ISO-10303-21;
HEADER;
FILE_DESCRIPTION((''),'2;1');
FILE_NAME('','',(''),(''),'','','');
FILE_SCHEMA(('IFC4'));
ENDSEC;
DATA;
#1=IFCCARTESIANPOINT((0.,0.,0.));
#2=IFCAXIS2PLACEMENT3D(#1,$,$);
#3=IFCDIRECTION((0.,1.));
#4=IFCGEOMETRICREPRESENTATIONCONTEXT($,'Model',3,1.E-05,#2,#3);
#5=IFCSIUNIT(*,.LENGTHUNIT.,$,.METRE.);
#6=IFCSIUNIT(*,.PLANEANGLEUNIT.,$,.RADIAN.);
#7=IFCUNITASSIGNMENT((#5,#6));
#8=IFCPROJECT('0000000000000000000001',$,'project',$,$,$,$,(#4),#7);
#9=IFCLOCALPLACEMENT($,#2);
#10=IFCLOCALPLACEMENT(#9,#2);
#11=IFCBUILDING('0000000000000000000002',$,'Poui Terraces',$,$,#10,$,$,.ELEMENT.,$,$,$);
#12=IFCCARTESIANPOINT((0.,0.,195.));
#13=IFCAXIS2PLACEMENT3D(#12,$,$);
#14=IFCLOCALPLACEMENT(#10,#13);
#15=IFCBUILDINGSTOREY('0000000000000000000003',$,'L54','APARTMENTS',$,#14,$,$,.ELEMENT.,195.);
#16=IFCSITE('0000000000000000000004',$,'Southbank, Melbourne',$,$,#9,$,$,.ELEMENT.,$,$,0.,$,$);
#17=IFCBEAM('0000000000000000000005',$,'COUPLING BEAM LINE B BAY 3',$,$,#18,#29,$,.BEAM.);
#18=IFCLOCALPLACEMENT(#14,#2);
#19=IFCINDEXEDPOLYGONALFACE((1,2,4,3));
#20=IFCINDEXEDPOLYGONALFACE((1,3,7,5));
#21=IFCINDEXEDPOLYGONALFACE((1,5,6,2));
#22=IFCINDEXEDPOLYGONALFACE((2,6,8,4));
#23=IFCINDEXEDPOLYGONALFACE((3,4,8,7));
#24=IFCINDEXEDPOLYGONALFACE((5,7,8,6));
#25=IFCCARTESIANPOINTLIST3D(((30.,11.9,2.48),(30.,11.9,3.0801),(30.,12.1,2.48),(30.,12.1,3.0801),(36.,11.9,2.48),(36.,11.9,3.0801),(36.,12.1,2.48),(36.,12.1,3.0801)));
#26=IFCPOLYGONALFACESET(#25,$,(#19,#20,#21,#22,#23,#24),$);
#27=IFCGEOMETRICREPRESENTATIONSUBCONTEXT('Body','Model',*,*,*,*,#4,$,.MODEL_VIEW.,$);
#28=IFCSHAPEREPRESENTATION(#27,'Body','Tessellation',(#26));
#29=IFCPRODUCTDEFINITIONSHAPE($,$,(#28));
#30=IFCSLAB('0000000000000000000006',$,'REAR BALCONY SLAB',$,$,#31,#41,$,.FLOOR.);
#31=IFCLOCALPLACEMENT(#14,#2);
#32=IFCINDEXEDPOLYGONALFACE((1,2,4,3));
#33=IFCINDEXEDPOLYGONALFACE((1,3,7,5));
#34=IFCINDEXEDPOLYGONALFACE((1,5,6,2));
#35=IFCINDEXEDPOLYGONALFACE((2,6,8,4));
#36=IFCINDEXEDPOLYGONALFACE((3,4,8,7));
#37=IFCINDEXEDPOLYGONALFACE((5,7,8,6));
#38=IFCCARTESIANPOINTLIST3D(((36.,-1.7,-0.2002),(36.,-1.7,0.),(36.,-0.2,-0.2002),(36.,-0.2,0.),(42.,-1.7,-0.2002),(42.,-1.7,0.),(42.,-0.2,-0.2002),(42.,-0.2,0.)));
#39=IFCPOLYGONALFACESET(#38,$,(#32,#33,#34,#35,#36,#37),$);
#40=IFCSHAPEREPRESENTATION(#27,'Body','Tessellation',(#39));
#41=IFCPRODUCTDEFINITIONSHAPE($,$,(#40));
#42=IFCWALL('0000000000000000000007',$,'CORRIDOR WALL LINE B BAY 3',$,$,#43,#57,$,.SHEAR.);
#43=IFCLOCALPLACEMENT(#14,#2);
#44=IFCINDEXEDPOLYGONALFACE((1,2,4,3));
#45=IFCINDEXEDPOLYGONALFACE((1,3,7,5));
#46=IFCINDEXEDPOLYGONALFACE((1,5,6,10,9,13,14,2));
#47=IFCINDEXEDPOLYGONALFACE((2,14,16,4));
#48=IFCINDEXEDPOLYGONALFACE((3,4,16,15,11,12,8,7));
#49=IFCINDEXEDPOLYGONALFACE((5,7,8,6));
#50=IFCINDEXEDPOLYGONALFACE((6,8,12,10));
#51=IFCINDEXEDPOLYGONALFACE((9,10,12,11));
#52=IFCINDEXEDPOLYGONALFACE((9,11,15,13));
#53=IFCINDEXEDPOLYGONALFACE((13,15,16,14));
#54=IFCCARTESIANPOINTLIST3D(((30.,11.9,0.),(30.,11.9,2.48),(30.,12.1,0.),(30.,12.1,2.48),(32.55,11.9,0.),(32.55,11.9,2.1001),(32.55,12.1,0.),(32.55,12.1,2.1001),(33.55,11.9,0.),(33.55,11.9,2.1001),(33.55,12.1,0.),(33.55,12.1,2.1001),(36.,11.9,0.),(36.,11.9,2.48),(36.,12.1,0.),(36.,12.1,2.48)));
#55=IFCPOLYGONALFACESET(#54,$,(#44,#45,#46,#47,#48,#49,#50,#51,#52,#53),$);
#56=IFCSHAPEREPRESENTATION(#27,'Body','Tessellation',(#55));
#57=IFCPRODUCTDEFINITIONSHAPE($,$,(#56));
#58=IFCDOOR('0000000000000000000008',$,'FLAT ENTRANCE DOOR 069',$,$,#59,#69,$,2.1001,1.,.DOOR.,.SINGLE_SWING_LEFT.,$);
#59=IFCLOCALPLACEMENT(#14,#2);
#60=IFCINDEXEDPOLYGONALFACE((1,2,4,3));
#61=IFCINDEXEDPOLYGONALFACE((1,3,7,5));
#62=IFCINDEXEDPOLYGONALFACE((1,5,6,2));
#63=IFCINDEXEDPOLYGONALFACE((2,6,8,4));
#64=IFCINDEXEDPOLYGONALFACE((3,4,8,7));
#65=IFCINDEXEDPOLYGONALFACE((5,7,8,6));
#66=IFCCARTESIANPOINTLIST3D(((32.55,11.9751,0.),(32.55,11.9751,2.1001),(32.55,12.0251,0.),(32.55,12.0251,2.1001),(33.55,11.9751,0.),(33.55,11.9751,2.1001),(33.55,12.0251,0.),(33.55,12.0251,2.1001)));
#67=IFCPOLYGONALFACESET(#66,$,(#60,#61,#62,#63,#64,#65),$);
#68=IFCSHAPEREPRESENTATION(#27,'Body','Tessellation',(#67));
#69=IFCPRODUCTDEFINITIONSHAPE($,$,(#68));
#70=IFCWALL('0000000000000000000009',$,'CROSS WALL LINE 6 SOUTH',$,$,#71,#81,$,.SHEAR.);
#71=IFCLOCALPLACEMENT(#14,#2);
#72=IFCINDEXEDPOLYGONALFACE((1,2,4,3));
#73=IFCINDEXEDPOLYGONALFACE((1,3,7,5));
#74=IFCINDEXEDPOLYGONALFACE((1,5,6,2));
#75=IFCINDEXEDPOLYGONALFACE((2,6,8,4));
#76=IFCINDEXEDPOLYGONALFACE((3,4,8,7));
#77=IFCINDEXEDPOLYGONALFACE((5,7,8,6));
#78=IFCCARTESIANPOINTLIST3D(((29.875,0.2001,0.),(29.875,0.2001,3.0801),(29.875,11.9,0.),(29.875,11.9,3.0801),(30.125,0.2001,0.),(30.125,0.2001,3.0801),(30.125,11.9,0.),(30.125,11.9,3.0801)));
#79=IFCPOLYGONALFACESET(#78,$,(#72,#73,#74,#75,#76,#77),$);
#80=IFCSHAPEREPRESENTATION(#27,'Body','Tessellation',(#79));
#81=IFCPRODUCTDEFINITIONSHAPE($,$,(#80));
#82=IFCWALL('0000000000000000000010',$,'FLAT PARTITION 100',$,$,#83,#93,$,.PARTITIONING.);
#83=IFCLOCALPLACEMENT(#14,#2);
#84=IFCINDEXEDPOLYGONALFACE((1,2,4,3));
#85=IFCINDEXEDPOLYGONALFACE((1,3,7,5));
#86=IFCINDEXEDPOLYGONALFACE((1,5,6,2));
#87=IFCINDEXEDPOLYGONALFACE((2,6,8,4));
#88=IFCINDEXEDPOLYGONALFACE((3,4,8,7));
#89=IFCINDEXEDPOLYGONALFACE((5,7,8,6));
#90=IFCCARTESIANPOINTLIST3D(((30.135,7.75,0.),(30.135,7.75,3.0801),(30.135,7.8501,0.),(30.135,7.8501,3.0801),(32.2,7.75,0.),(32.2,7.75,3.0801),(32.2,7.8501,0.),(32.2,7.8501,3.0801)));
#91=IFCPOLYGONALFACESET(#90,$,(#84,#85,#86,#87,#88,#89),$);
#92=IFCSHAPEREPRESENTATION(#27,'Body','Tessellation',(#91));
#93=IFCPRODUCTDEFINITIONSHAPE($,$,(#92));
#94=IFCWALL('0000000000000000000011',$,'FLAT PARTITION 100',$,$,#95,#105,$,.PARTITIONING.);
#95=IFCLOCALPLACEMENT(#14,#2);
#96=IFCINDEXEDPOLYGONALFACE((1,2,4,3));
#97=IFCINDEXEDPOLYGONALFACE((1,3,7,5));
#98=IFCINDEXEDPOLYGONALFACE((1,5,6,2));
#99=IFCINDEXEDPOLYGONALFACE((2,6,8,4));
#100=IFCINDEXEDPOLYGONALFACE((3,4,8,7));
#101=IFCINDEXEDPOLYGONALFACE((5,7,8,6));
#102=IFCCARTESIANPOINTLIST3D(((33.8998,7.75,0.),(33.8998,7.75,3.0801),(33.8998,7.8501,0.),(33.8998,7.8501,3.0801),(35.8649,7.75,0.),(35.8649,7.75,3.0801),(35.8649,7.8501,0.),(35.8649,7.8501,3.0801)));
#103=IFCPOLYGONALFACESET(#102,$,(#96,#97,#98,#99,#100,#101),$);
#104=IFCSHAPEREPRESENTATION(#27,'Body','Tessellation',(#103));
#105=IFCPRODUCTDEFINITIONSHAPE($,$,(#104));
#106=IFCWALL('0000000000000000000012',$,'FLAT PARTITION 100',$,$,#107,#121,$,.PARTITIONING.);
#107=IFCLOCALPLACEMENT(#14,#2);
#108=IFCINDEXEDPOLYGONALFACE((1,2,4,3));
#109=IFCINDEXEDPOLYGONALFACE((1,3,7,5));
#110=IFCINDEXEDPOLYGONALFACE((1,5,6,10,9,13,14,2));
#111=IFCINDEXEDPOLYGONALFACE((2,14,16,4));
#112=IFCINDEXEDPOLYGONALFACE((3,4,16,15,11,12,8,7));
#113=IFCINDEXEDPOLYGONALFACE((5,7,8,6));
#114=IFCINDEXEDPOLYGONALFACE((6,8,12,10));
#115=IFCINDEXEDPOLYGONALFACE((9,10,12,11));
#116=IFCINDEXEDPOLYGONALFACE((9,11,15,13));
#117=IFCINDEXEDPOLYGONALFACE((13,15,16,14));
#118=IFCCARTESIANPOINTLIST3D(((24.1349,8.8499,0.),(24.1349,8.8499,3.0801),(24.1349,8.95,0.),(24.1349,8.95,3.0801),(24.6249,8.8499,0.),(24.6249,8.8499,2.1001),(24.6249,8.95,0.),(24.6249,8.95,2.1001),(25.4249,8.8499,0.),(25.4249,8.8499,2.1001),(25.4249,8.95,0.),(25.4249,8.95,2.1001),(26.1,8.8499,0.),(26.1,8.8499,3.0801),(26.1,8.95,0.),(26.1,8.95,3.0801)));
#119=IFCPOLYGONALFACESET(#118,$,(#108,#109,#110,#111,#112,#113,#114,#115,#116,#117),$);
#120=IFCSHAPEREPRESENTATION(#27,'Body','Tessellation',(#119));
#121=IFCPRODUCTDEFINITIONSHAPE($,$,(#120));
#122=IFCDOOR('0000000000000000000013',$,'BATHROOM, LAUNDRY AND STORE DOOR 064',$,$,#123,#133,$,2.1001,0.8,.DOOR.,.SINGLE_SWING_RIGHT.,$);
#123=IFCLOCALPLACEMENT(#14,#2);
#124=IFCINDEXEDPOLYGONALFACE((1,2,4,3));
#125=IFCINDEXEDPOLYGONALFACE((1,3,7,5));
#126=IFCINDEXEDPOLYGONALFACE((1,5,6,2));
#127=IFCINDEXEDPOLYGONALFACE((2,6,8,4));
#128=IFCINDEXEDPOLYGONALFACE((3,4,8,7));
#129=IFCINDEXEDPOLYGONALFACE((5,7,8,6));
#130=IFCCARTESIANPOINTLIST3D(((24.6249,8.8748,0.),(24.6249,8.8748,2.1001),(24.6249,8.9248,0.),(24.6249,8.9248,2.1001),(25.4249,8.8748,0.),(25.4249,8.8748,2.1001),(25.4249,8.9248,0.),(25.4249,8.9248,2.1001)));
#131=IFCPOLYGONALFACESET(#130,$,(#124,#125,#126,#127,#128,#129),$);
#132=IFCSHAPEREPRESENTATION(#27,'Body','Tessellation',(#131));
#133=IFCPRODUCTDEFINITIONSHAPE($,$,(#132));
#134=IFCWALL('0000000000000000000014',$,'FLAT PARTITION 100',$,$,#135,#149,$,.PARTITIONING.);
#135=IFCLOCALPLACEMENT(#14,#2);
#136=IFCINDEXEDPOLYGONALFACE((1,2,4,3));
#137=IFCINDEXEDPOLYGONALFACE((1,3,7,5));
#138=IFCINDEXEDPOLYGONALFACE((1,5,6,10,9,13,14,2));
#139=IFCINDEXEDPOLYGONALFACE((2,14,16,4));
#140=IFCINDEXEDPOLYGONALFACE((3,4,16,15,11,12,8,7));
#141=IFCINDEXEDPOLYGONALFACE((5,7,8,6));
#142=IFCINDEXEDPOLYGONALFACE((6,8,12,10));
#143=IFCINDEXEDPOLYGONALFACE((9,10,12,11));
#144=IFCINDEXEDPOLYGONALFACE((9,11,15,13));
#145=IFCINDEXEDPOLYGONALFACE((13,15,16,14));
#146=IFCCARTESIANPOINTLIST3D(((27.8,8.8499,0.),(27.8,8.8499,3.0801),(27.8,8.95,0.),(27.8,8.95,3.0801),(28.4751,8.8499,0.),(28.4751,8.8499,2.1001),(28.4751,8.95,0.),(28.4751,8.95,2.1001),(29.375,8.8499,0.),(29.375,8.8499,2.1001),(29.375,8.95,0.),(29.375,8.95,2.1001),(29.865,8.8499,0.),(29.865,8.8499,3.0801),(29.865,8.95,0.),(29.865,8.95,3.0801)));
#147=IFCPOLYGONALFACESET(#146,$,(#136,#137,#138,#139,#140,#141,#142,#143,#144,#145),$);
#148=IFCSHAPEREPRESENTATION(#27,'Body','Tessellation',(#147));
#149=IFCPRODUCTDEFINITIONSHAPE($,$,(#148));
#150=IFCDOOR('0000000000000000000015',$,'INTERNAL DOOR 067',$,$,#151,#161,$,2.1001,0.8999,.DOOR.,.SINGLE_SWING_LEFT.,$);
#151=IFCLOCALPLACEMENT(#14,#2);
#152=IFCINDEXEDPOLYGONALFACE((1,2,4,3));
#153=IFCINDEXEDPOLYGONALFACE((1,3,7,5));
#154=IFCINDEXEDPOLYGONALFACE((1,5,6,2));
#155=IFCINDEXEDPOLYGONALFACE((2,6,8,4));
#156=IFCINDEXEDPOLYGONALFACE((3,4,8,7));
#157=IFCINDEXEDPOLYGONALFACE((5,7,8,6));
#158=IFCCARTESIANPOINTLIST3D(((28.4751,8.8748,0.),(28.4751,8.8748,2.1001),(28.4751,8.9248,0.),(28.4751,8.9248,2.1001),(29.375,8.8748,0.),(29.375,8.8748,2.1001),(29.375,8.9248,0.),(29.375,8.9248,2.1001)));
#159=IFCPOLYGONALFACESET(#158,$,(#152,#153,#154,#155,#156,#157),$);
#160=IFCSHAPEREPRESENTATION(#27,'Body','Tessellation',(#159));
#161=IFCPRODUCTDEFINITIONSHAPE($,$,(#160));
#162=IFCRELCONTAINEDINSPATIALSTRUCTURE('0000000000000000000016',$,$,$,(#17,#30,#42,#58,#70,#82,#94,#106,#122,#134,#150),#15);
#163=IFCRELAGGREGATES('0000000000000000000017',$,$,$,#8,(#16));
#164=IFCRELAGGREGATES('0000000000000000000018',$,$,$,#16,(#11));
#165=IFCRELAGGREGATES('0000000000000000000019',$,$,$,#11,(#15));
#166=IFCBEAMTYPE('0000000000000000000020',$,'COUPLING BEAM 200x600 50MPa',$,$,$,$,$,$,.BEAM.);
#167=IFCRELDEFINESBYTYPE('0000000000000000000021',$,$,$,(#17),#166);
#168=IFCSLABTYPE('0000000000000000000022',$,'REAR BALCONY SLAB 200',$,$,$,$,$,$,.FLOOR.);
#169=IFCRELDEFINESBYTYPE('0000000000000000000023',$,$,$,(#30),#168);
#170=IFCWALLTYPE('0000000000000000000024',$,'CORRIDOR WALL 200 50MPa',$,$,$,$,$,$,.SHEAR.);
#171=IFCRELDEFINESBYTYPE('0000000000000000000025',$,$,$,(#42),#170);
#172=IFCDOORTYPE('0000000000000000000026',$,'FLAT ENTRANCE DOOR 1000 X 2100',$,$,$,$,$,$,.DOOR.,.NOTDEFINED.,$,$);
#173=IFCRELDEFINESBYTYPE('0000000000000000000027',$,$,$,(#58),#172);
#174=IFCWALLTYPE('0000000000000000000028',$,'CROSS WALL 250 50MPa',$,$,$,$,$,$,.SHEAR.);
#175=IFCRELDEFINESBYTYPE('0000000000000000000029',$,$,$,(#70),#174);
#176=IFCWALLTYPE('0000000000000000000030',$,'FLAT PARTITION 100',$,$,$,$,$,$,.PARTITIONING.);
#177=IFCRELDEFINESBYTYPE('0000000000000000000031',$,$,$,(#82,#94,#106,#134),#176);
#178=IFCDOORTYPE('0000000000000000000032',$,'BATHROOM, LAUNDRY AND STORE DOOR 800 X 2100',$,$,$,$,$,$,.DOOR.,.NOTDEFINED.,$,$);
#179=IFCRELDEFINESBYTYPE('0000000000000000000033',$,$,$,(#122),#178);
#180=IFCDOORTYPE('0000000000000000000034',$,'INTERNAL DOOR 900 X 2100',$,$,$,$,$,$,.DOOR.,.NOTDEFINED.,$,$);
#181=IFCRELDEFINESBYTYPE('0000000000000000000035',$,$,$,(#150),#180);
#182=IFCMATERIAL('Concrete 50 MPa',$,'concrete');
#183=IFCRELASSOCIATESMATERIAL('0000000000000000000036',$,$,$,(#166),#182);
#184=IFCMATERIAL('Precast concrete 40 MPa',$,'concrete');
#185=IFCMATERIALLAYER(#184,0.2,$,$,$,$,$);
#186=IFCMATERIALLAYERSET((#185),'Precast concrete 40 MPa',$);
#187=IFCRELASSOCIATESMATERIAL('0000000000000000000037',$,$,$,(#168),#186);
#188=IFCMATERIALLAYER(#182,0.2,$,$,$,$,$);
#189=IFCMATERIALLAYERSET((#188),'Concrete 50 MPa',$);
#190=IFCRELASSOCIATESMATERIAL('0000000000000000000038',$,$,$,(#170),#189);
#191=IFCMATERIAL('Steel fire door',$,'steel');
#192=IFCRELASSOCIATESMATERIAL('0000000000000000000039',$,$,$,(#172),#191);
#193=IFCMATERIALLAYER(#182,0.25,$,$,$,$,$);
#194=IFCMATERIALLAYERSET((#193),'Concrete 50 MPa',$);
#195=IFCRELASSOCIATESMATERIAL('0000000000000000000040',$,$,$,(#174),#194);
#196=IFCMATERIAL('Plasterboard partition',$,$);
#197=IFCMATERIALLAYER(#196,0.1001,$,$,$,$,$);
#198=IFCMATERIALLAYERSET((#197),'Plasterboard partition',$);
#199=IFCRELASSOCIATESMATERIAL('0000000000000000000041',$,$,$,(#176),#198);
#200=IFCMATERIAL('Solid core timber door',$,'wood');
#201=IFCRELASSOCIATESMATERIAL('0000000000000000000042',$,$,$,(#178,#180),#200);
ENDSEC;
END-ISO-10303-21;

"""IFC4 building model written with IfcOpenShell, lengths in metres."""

from ifc_helpers import new_model, si_unit, direction, frame, frame_2d, origin, origin_2d, place, context, subcontext, project, spatial, polyline, rectangle, outline, extrude, source, transform, mapped, material, layer, layer_set, material_profile, profile_set, type_object, element, fill, save


model = new_model("IFC4")

# Units and contexts
model_context = context("Model", 3, precision=1e-05, world=origin(), true_north=direction((0.0, 1.0)))
body_context = subcontext(model_context, "Body", "Model", "MODEL_VIEW")
ifc_project = project(units=[si_unit("LENGTHUNIT", "METRE"), si_unit("PLANEANGLEUNIT", "RADIAN")], contexts=[model_context])

# Site, building, storey
site_placement = place(None, origin())
site = spatial("IfcSite", under=ifc_project, at=site_placement, Name="Southbank, Melbourne", CompositionType="ELEMENT", RefElevation=0.0)
building_placement = place(site_placement, origin())
building = spatial("IfcBuilding", under=site, at=building_placement, Name="Poui Terraces", CompositionType="ELEMENT")
storey_placement = place(building_placement, frame((0.0, 0.0, 195.0)))
storey = spatial("IfcBuildingStorey", under=building, at=storey_placement, Name="L54", Description="APARTMENTS", CompositionType="ELEMENT", Elevation=195.0)

# Beam
ifc_material_1 = material(Name="Concrete 50 MPa", Category="concrete")
ifc_material_profile_1 = material_profile(ifc_material_1, rectangle(XDim=0.2, YDim=0.6001, at=origin_2d()), Name="RC 200x600")
ifc_profile_set_1 = profile_set([ifc_material_profile_1], Name="Concrete 50 MPa")
beam_type = type_object("IfcBeamType", Name="COUPLING BEAM 200x600 50MPa", PredefinedType="BEAM", material=ifc_profile_set_1)
shared_shape_1 = source(origin(), body_context, "Body", "SweptSolid", [
    extrude(rectangle(XDim=0.2, YDim=0.6001, at=origin_2d()), origin(), (0.0, 0.0, 1.0), 6.0),
])
beam_placement = place(storey_placement, frame((30.0, 12.0, 2.78), z_axis=(1.0, 0.0, 0.0), x_axis=(0.0, 1.0, 0.0)))
element("IfcBeam", 1, at=beam_placement, inside=storey, type_object=beam_type, Name="COUPLING BEAM LINE B BAY 3", PredefinedType="BEAM", context=body_context, shape_type="MappedRepresentation", body=[
    mapped(shared_shape_1, transform((0.0, 0.0, 0.0))),
])

# Slab
ifc_material_2 = material(Name="Precast concrete 40 MPa", Category="concrete")
ifc_layer_1 = layer(ifc_material_2, 0.2)
ifc_layer_set_1 = layer_set([ifc_layer_1], Name="Precast concrete 40 MPa")
slab_type = type_object("IfcSlabType", Name="REAR BALCONY SLAB 200", PredefinedType="FLOOR", material=ifc_layer_set_1)
shared_shape_2 = source(origin(), body_context, "Body", "SweptSolid", [
    extrude(outline(polyline([(0.0, 0.0), (6.0, 0.0), (6.0, 1.5), (0.0, 1.5), (0.0, 0.0)])), origin(), (0.0, 0.0, 1.0), 0.2002),
])
slab_placement = place(storey_placement, frame((36.0, -1.7, -0.2002)))
element("IfcSlab", 2, at=slab_placement, inside=storey, type_object=slab_type, Name="REAR BALCONY SLAB", PredefinedType="FLOOR", context=body_context, shape_type="MappedRepresentation", body=[
    mapped(shared_shape_2, transform((0.0, 0.0, 0.0))),
])

# Wall, opening, door
ifc_layer_2 = layer(ifc_material_1, 0.2)
ifc_layer_set_2 = layer_set([ifc_layer_2], Name="Concrete 50 MPa")
wall_type_1 = type_object("IfcWallType", Name="CORRIDOR WALL 200 50MPa", PredefinedType="SHEAR", material=ifc_layer_set_2)
wall_1_placement = place(storey_placement, frame((30.0, 12.0, 0.0), z_axis=(0.0, 0.0, 1.0), x_axis=(1.0, 0.0, 0.0)))
wall_1 = element("IfcWall", 3, at=wall_1_placement, inside=storey, type_object=wall_type_1, Name="CORRIDOR WALL LINE B BAY 3", PredefinedType="SHEAR", context=body_context, shape_type="SweptSolid", body=[
    extrude(rectangle(XDim=6.0, YDim=0.2, at=frame_2d((3.0, 0.0))), origin(), (0.0, 0.0, 1.0), 2.48),
])
opening_1_placement = place(wall_1_placement, frame((2.55, 0.0, 0.0)))
opening_1 = element("IfcOpeningElement", 4, at=opening_1_placement, cuts=wall_1, PredefinedType="OPENING", context=body_context, shape_type="SweptSolid", body=[
    extrude(rectangle(XDim=1.0, YDim=2.1001, at=frame_2d((0.5, 1.05))), frame((0.0, 0.1099, 0.0), z_axis=(0.0, -1.0, 0.0), x_axis=(1.0, 0.0, 0.0)), (0.0, 0.0, 1.0), 0.22),
])
ifc_material_3 = material(Name="Steel fire door", Category="steel")
door_type_1 = type_object("IfcDoorType", Name="FLAT ENTRANCE DOOR 1000 X 2100", OperationType="NOTDEFINED", PredefinedType="DOOR", material=ifc_material_3)
door_1_placement = place(opening_1_placement, frame((1.0, 0.0, 0.0), z_axis=(0.0, 0.0, 1.0), x_axis=(-1.0, 0.0, 0.0)))
door_1 = element("IfcDoor", 5, at=door_1_placement, inside=storey, type_object=door_type_1, Name="FLAT ENTRANCE DOOR 069", OperationType="SINGLE_SWING_LEFT", OverallHeight=2.1001, OverallWidth=1.0, PredefinedType="DOOR", context=body_context, shape_type="SweptSolid", body=[
    extrude(rectangle(XDim=1.0, YDim=2.1001, at=frame_2d((0.5, 1.05))), frame((0.0, 0.0249, 0.0), z_axis=(0.0, -1.0, 0.0), x_axis=(1.0, 0.0, 0.0)), (0.0, 0.0, 1.0), 0.05),
])
fill(opening_1, door_1)

# Walls
ifc_layer_3 = layer(ifc_material_1, 0.25)
ifc_layer_set_3 = layer_set([ifc_layer_3], Name="Concrete 50 MPa")
wall_type_2 = type_object("IfcWallType", Name="CROSS WALL 250 50MPa", PredefinedType="SHEAR", material=ifc_layer_set_3)
wall_2_placement = place(storey_placement, frame((30.0, 0.2, 0.0), z_axis=(0.0, 0.0, 1.0), x_axis=(0.0, 1.0, 0.0)))
element("IfcWall", 6, at=wall_2_placement, inside=storey, type_object=wall_type_2, Name="CROSS WALL LINE 6 SOUTH", PredefinedType="SHEAR", context=body_context, shape_type="SweptSolid", body=[
    extrude(rectangle(XDim=11.7, YDim=0.25, at=frame_2d((5.8501, 0.0))), origin(), (0.0, 0.0, 1.0), 3.0801),
])
ifc_material_4 = material(Name="Plasterboard partition")
ifc_layer_4 = layer(ifc_material_4, 0.1001)
ifc_layer_set_4 = layer_set([ifc_layer_4], Name="Plasterboard partition")
wall_type_3 = type_object("IfcWallType", Name="FLAT PARTITION 100", PredefinedType="PARTITIONING", material=ifc_layer_set_4)
wall_3_placement = place(storey_placement, frame((30.135, 7.8, 0.0), z_axis=(0.0, 0.0, 1.0), x_axis=(1.0, 0.0, 0.0)))
element("IfcWall", 7, at=wall_3_placement, inside=storey, type_object=wall_type_3, Name="FLAT PARTITION 100", PredefinedType="PARTITIONING", context=body_context, shape_type="SweptSolid", body=[
    extrude(rectangle(XDim=2.0649, YDim=0.1001, at=frame_2d((1.0325, 0.0))), origin(), (0.0, 0.0, 1.0), 3.0801),
])
wall_4_placement = place(storey_placement, frame((33.8999, 7.8, 0.0), z_axis=(0.0, 0.0, 1.0), x_axis=(1.0, 0.0, 0.0)))
element("IfcWall", 8, at=wall_4_placement, inside=storey, type_object=wall_type_3, Name="FLAT PARTITION 100", PredefinedType="PARTITIONING", context=body_context, shape_type="SweptSolid", body=[
    extrude(rectangle(XDim=1.9651, YDim=0.1001, at=frame_2d((0.9824, 0.0))), origin(), (0.0, 0.0, 1.0), 3.0801),
])

# Walls, openings, doors
wall_5_placement = place(storey_placement, frame((24.135, 8.8999, 0.0), z_axis=(0.0, 0.0, 1.0), x_axis=(1.0, 0.0, 0.0)))
wall_5 = element("IfcWall", 9, at=wall_5_placement, inside=storey, type_object=wall_type_3, Name="FLAT PARTITION 100", PredefinedType="PARTITIONING", context=body_context, shape_type="SweptSolid", body=[
    extrude(rectangle(XDim=1.9651, YDim=0.1001, at=frame_2d((0.9824, 0.0))), origin(), (0.0, 0.0, 1.0), 3.0801),
])
opening_2_placement = place(wall_5_placement, frame((0.49, 0.0, 0.0)))
opening_2 = element("IfcOpeningElement", 10, at=opening_2_placement, cuts=wall_5, PredefinedType="OPENING", context=body_context, shape_type="SweptSolid", body=[
    extrude(rectangle(XDim=0.8, YDim=2.1001, at=frame_2d((0.3999, 1.05))), frame((0.0, 0.0601, 0.0), z_axis=(0.0, -1.0, 0.0), x_axis=(1.0, 0.0, 0.0)), (0.0, 0.0, 1.0), 0.1201),
])
ifc_material_5 = material(Name="Solid core timber door", Category="wood")
door_type_2 = type_object("IfcDoorType", Name="BATHROOM, LAUNDRY AND STORE DOOR 800 X 2100", OperationType="NOTDEFINED", PredefinedType="DOOR", material=ifc_material_5)
door_2_placement = place(opening_2_placement, origin())
door_2 = element("IfcDoor", 11, at=door_2_placement, inside=storey, type_object=door_type_2, Name="BATHROOM, LAUNDRY AND STORE DOOR 064", OperationType="SINGLE_SWING_RIGHT", OverallHeight=2.1001, OverallWidth=0.8, PredefinedType="DOOR", context=body_context, shape_type="SweptSolid", body=[
    extrude(rectangle(XDim=0.8, YDim=2.1001, at=frame_2d((0.3999, 1.05))), frame((0.0, 0.0249, 0.0), z_axis=(0.0, -1.0, 0.0), x_axis=(1.0, 0.0, 0.0)), (0.0, 0.0, 1.0), 0.05),
])
fill(opening_2, door_2)
wall_6_placement = place(storey_placement, frame((27.8, 8.8999, 0.0), z_axis=(0.0, 0.0, 1.0), x_axis=(1.0, 0.0, 0.0)))
wall_6 = element("IfcWall", 12, at=wall_6_placement, inside=storey, type_object=wall_type_3, Name="FLAT PARTITION 100", PredefinedType="PARTITIONING", context=body_context, shape_type="SweptSolid", body=[
    extrude(rectangle(XDim=2.0649, YDim=0.1001, at=frame_2d((1.0325, 0.0))), origin(), (0.0, 0.0, 1.0), 3.0801),
])
opening_3_placement = place(wall_6_placement, frame((0.675, 0.0, 0.0)))
opening_3 = element("IfcOpeningElement", 13, at=opening_3_placement, cuts=wall_6, PredefinedType="OPENING", context=body_context, shape_type="SweptSolid", body=[
    extrude(rectangle(XDim=0.8999, YDim=2.1001, at=frame_2d((0.45, 1.05))), frame((0.0, 0.0601, 0.0), z_axis=(0.0, -1.0, 0.0), x_axis=(1.0, 0.0, 0.0)), (0.0, 0.0, 1.0), 0.1201),
])
door_type_3 = type_object("IfcDoorType", Name="INTERNAL DOOR 900 X 2100", OperationType="NOTDEFINED", PredefinedType="DOOR", material=ifc_material_5)
door_3_placement = place(opening_3_placement, origin())
door_3 = element("IfcDoor", 14, at=door_3_placement, inside=storey, type_object=door_type_3, Name="INTERNAL DOOR 067", OperationType="SINGLE_SWING_LEFT", OverallHeight=2.1001, OverallWidth=0.8999, PredefinedType="DOOR", context=body_context, shape_type="SweptSolid", body=[
    extrude(rectangle(XDim=0.8999, YDim=2.1001, at=frame_2d((0.45, 1.05))), frame((0.0, 0.0249, 0.0), z_axis=(0.0, -1.0, 0.0), x_axis=(1.0, 0.0, 0.0)), (0.0, 0.0, 1.0), 0.05),
])
fill(opening_3, door_3)

save(model, "model.ifc")
